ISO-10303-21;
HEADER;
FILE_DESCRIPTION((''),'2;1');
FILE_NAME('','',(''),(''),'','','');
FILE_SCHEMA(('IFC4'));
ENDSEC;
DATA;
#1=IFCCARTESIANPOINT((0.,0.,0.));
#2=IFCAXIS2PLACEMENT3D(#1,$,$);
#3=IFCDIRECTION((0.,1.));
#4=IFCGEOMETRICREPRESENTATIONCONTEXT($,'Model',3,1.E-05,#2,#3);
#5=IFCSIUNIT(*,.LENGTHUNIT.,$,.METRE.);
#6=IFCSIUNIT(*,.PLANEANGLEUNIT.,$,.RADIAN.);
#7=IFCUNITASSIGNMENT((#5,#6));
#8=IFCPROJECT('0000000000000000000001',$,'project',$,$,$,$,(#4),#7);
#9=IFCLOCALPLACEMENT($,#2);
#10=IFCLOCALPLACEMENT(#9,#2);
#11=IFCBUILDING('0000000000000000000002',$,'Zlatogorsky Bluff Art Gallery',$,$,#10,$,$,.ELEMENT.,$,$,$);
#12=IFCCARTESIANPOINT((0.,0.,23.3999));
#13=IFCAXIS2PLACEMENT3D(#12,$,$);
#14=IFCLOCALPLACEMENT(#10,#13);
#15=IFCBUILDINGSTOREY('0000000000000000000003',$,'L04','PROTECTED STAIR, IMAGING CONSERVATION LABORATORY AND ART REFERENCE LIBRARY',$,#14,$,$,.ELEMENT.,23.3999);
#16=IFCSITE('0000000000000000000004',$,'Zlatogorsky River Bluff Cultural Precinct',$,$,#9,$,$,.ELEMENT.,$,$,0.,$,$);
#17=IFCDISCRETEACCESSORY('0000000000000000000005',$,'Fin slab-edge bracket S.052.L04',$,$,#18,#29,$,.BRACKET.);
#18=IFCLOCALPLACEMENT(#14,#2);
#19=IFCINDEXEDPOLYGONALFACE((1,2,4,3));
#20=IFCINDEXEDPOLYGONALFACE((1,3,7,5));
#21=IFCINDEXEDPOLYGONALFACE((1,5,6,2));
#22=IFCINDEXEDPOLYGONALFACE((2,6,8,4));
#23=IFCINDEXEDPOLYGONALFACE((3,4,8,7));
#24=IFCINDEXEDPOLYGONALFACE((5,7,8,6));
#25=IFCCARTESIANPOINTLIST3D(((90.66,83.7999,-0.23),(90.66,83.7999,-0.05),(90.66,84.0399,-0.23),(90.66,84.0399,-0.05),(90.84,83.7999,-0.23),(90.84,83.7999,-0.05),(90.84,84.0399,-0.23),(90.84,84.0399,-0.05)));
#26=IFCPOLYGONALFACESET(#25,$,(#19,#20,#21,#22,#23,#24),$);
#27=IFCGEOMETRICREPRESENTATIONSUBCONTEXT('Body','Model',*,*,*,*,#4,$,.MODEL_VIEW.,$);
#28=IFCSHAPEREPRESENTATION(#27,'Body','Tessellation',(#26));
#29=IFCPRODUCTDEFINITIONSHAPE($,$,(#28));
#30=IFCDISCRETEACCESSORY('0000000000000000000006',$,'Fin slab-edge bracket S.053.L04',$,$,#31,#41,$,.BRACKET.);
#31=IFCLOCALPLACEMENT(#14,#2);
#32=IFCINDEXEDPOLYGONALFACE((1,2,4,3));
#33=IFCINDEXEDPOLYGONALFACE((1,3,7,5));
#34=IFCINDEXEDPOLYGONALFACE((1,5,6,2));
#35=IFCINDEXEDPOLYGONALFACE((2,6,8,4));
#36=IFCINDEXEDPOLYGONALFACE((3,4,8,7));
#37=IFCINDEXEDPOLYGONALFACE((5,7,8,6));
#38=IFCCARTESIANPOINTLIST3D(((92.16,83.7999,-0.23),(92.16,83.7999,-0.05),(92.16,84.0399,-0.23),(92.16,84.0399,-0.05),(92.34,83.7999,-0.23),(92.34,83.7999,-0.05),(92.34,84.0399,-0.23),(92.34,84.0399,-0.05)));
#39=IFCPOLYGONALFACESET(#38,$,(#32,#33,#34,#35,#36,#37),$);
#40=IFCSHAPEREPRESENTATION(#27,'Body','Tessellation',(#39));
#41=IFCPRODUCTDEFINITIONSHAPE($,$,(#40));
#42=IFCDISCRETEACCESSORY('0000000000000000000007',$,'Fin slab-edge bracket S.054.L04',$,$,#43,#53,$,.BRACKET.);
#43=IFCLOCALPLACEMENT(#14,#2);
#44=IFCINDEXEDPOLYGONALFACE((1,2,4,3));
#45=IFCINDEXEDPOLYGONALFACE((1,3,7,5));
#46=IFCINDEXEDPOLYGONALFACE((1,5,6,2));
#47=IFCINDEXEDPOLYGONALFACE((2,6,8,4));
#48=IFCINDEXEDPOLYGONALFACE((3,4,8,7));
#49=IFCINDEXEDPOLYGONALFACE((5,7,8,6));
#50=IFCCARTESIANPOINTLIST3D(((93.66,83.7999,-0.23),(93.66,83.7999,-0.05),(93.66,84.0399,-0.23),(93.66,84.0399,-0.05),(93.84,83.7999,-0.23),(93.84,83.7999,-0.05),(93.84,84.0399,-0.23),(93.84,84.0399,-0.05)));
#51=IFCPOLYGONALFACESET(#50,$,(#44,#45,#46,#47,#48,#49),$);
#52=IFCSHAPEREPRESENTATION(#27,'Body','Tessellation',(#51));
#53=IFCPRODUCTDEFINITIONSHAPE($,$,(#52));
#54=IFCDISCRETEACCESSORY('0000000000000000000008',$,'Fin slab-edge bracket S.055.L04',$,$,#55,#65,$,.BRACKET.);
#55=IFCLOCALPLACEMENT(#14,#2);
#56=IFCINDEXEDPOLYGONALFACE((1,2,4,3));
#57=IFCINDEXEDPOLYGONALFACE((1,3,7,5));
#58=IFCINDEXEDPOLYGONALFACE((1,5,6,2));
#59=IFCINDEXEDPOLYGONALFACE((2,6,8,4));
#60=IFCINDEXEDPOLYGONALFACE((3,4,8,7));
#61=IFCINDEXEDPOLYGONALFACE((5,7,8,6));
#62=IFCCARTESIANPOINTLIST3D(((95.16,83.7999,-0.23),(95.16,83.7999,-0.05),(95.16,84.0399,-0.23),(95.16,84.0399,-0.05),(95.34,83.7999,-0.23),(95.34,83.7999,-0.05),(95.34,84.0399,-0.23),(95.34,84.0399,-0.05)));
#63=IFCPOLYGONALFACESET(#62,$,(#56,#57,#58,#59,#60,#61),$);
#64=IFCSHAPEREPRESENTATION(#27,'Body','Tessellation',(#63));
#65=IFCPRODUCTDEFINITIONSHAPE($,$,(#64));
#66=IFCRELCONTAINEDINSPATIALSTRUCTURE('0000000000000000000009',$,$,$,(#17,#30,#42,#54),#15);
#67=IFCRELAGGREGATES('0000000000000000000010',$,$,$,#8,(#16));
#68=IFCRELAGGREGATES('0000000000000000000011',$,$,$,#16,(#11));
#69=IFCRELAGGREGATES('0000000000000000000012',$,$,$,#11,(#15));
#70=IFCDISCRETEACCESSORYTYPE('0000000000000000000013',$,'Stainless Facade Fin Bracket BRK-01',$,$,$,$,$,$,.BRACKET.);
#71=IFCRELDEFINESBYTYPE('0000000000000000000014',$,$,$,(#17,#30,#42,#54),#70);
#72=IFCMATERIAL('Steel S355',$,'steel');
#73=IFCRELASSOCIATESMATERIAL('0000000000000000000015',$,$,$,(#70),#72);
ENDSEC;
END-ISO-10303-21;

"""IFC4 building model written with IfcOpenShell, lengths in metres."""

from ifc_helpers import new_model, si_unit, direction, frame, origin, origin_2d, place, context, subcontext, project, spatial, rectangle, extrude, material, type_object, element, save


model = new_model("IFC4")

# Units and contexts
model_context = context("Model", 3, precision=1e-05, world=origin(), true_north=direction((0.0, 1.0)))
body_context = subcontext(model_context, "Body", "Model", "MODEL_VIEW")
ifc_project = project(units=[si_unit("LENGTHUNIT", "METRE"), si_unit("PLANEANGLEUNIT", "RADIAN")], contexts=[model_context])

# Site, building, storey
site_placement = place(None, origin())
site = spatial("IfcSite", under=ifc_project, at=site_placement, Name="Zlatogorsky River Bluff Cultural Precinct", CompositionType="ELEMENT", RefElevation=0.0)
building_placement = place(site_placement, origin())
building = spatial("IfcBuilding", under=site, at=building_placement, Name="Zlatogorsky Bluff Art Gallery", CompositionType="ELEMENT")
storey_placement = place(building_placement, frame((0.0, 0.0, 23.3999)))
storey = spatial("IfcBuildingStorey", under=building, at=storey_placement, Name="L04", Description="PROTECTED STAIR, IMAGING CONSERVATION LABORATORY AND ART REFERENCE LIBRARY", CompositionType="ELEMENT", Elevation=23.3999)

# Shared definitions
ifc_material_1 = material(Name="Steel S355", Category="steel")

# Discrete accessories
discrete_accessory_type = type_object("IfcDiscreteAccessoryType", Name="Stainless Facade Fin Bracket BRK-01", PredefinedType="BRACKET", material=ifc_material_1)
for number, where, z_axis, x_axis, name in (
    (1, (90.75, 83.9199, -0.23), (0.0, 0.0, 1.0), (1.0, 0.0, 0.0), "Fin slab-edge bracket S.052.L04"),
    (2, (92.25, 83.9199, -0.23), (0.0, 0.0, 1.0), (1.0, 0.0, 0.0), "Fin slab-edge bracket S.053.L04"),
    (3, (93.75, 83.9199, -0.23), (0.0, 0.0, 1.0), (1.0, 0.0, 0.0), "Fin slab-edge bracket S.054.L04"),
    (4, (95.25, 83.9199, -0.23), (0.0, 0.0, 1.0), (1.0, 0.0, 0.0), "Fin slab-edge bracket S.055.L04"),
):
    element("IfcDiscreteAccessory", number, at=place(storey_placement, frame(where, z_axis=z_axis, x_axis=x_axis)), inside=storey, type_object=discrete_accessory_type, Name=name, PredefinedType="BRACKET", context=body_context, shape_type="SweptSolid", body=[
        extrude(rectangle(XDim=0.1799, YDim=0.24, at=origin_2d()), origin(), (0.0, 0.0, 1.0), 0.1799),
    ])

save(model, "model.ifc")
